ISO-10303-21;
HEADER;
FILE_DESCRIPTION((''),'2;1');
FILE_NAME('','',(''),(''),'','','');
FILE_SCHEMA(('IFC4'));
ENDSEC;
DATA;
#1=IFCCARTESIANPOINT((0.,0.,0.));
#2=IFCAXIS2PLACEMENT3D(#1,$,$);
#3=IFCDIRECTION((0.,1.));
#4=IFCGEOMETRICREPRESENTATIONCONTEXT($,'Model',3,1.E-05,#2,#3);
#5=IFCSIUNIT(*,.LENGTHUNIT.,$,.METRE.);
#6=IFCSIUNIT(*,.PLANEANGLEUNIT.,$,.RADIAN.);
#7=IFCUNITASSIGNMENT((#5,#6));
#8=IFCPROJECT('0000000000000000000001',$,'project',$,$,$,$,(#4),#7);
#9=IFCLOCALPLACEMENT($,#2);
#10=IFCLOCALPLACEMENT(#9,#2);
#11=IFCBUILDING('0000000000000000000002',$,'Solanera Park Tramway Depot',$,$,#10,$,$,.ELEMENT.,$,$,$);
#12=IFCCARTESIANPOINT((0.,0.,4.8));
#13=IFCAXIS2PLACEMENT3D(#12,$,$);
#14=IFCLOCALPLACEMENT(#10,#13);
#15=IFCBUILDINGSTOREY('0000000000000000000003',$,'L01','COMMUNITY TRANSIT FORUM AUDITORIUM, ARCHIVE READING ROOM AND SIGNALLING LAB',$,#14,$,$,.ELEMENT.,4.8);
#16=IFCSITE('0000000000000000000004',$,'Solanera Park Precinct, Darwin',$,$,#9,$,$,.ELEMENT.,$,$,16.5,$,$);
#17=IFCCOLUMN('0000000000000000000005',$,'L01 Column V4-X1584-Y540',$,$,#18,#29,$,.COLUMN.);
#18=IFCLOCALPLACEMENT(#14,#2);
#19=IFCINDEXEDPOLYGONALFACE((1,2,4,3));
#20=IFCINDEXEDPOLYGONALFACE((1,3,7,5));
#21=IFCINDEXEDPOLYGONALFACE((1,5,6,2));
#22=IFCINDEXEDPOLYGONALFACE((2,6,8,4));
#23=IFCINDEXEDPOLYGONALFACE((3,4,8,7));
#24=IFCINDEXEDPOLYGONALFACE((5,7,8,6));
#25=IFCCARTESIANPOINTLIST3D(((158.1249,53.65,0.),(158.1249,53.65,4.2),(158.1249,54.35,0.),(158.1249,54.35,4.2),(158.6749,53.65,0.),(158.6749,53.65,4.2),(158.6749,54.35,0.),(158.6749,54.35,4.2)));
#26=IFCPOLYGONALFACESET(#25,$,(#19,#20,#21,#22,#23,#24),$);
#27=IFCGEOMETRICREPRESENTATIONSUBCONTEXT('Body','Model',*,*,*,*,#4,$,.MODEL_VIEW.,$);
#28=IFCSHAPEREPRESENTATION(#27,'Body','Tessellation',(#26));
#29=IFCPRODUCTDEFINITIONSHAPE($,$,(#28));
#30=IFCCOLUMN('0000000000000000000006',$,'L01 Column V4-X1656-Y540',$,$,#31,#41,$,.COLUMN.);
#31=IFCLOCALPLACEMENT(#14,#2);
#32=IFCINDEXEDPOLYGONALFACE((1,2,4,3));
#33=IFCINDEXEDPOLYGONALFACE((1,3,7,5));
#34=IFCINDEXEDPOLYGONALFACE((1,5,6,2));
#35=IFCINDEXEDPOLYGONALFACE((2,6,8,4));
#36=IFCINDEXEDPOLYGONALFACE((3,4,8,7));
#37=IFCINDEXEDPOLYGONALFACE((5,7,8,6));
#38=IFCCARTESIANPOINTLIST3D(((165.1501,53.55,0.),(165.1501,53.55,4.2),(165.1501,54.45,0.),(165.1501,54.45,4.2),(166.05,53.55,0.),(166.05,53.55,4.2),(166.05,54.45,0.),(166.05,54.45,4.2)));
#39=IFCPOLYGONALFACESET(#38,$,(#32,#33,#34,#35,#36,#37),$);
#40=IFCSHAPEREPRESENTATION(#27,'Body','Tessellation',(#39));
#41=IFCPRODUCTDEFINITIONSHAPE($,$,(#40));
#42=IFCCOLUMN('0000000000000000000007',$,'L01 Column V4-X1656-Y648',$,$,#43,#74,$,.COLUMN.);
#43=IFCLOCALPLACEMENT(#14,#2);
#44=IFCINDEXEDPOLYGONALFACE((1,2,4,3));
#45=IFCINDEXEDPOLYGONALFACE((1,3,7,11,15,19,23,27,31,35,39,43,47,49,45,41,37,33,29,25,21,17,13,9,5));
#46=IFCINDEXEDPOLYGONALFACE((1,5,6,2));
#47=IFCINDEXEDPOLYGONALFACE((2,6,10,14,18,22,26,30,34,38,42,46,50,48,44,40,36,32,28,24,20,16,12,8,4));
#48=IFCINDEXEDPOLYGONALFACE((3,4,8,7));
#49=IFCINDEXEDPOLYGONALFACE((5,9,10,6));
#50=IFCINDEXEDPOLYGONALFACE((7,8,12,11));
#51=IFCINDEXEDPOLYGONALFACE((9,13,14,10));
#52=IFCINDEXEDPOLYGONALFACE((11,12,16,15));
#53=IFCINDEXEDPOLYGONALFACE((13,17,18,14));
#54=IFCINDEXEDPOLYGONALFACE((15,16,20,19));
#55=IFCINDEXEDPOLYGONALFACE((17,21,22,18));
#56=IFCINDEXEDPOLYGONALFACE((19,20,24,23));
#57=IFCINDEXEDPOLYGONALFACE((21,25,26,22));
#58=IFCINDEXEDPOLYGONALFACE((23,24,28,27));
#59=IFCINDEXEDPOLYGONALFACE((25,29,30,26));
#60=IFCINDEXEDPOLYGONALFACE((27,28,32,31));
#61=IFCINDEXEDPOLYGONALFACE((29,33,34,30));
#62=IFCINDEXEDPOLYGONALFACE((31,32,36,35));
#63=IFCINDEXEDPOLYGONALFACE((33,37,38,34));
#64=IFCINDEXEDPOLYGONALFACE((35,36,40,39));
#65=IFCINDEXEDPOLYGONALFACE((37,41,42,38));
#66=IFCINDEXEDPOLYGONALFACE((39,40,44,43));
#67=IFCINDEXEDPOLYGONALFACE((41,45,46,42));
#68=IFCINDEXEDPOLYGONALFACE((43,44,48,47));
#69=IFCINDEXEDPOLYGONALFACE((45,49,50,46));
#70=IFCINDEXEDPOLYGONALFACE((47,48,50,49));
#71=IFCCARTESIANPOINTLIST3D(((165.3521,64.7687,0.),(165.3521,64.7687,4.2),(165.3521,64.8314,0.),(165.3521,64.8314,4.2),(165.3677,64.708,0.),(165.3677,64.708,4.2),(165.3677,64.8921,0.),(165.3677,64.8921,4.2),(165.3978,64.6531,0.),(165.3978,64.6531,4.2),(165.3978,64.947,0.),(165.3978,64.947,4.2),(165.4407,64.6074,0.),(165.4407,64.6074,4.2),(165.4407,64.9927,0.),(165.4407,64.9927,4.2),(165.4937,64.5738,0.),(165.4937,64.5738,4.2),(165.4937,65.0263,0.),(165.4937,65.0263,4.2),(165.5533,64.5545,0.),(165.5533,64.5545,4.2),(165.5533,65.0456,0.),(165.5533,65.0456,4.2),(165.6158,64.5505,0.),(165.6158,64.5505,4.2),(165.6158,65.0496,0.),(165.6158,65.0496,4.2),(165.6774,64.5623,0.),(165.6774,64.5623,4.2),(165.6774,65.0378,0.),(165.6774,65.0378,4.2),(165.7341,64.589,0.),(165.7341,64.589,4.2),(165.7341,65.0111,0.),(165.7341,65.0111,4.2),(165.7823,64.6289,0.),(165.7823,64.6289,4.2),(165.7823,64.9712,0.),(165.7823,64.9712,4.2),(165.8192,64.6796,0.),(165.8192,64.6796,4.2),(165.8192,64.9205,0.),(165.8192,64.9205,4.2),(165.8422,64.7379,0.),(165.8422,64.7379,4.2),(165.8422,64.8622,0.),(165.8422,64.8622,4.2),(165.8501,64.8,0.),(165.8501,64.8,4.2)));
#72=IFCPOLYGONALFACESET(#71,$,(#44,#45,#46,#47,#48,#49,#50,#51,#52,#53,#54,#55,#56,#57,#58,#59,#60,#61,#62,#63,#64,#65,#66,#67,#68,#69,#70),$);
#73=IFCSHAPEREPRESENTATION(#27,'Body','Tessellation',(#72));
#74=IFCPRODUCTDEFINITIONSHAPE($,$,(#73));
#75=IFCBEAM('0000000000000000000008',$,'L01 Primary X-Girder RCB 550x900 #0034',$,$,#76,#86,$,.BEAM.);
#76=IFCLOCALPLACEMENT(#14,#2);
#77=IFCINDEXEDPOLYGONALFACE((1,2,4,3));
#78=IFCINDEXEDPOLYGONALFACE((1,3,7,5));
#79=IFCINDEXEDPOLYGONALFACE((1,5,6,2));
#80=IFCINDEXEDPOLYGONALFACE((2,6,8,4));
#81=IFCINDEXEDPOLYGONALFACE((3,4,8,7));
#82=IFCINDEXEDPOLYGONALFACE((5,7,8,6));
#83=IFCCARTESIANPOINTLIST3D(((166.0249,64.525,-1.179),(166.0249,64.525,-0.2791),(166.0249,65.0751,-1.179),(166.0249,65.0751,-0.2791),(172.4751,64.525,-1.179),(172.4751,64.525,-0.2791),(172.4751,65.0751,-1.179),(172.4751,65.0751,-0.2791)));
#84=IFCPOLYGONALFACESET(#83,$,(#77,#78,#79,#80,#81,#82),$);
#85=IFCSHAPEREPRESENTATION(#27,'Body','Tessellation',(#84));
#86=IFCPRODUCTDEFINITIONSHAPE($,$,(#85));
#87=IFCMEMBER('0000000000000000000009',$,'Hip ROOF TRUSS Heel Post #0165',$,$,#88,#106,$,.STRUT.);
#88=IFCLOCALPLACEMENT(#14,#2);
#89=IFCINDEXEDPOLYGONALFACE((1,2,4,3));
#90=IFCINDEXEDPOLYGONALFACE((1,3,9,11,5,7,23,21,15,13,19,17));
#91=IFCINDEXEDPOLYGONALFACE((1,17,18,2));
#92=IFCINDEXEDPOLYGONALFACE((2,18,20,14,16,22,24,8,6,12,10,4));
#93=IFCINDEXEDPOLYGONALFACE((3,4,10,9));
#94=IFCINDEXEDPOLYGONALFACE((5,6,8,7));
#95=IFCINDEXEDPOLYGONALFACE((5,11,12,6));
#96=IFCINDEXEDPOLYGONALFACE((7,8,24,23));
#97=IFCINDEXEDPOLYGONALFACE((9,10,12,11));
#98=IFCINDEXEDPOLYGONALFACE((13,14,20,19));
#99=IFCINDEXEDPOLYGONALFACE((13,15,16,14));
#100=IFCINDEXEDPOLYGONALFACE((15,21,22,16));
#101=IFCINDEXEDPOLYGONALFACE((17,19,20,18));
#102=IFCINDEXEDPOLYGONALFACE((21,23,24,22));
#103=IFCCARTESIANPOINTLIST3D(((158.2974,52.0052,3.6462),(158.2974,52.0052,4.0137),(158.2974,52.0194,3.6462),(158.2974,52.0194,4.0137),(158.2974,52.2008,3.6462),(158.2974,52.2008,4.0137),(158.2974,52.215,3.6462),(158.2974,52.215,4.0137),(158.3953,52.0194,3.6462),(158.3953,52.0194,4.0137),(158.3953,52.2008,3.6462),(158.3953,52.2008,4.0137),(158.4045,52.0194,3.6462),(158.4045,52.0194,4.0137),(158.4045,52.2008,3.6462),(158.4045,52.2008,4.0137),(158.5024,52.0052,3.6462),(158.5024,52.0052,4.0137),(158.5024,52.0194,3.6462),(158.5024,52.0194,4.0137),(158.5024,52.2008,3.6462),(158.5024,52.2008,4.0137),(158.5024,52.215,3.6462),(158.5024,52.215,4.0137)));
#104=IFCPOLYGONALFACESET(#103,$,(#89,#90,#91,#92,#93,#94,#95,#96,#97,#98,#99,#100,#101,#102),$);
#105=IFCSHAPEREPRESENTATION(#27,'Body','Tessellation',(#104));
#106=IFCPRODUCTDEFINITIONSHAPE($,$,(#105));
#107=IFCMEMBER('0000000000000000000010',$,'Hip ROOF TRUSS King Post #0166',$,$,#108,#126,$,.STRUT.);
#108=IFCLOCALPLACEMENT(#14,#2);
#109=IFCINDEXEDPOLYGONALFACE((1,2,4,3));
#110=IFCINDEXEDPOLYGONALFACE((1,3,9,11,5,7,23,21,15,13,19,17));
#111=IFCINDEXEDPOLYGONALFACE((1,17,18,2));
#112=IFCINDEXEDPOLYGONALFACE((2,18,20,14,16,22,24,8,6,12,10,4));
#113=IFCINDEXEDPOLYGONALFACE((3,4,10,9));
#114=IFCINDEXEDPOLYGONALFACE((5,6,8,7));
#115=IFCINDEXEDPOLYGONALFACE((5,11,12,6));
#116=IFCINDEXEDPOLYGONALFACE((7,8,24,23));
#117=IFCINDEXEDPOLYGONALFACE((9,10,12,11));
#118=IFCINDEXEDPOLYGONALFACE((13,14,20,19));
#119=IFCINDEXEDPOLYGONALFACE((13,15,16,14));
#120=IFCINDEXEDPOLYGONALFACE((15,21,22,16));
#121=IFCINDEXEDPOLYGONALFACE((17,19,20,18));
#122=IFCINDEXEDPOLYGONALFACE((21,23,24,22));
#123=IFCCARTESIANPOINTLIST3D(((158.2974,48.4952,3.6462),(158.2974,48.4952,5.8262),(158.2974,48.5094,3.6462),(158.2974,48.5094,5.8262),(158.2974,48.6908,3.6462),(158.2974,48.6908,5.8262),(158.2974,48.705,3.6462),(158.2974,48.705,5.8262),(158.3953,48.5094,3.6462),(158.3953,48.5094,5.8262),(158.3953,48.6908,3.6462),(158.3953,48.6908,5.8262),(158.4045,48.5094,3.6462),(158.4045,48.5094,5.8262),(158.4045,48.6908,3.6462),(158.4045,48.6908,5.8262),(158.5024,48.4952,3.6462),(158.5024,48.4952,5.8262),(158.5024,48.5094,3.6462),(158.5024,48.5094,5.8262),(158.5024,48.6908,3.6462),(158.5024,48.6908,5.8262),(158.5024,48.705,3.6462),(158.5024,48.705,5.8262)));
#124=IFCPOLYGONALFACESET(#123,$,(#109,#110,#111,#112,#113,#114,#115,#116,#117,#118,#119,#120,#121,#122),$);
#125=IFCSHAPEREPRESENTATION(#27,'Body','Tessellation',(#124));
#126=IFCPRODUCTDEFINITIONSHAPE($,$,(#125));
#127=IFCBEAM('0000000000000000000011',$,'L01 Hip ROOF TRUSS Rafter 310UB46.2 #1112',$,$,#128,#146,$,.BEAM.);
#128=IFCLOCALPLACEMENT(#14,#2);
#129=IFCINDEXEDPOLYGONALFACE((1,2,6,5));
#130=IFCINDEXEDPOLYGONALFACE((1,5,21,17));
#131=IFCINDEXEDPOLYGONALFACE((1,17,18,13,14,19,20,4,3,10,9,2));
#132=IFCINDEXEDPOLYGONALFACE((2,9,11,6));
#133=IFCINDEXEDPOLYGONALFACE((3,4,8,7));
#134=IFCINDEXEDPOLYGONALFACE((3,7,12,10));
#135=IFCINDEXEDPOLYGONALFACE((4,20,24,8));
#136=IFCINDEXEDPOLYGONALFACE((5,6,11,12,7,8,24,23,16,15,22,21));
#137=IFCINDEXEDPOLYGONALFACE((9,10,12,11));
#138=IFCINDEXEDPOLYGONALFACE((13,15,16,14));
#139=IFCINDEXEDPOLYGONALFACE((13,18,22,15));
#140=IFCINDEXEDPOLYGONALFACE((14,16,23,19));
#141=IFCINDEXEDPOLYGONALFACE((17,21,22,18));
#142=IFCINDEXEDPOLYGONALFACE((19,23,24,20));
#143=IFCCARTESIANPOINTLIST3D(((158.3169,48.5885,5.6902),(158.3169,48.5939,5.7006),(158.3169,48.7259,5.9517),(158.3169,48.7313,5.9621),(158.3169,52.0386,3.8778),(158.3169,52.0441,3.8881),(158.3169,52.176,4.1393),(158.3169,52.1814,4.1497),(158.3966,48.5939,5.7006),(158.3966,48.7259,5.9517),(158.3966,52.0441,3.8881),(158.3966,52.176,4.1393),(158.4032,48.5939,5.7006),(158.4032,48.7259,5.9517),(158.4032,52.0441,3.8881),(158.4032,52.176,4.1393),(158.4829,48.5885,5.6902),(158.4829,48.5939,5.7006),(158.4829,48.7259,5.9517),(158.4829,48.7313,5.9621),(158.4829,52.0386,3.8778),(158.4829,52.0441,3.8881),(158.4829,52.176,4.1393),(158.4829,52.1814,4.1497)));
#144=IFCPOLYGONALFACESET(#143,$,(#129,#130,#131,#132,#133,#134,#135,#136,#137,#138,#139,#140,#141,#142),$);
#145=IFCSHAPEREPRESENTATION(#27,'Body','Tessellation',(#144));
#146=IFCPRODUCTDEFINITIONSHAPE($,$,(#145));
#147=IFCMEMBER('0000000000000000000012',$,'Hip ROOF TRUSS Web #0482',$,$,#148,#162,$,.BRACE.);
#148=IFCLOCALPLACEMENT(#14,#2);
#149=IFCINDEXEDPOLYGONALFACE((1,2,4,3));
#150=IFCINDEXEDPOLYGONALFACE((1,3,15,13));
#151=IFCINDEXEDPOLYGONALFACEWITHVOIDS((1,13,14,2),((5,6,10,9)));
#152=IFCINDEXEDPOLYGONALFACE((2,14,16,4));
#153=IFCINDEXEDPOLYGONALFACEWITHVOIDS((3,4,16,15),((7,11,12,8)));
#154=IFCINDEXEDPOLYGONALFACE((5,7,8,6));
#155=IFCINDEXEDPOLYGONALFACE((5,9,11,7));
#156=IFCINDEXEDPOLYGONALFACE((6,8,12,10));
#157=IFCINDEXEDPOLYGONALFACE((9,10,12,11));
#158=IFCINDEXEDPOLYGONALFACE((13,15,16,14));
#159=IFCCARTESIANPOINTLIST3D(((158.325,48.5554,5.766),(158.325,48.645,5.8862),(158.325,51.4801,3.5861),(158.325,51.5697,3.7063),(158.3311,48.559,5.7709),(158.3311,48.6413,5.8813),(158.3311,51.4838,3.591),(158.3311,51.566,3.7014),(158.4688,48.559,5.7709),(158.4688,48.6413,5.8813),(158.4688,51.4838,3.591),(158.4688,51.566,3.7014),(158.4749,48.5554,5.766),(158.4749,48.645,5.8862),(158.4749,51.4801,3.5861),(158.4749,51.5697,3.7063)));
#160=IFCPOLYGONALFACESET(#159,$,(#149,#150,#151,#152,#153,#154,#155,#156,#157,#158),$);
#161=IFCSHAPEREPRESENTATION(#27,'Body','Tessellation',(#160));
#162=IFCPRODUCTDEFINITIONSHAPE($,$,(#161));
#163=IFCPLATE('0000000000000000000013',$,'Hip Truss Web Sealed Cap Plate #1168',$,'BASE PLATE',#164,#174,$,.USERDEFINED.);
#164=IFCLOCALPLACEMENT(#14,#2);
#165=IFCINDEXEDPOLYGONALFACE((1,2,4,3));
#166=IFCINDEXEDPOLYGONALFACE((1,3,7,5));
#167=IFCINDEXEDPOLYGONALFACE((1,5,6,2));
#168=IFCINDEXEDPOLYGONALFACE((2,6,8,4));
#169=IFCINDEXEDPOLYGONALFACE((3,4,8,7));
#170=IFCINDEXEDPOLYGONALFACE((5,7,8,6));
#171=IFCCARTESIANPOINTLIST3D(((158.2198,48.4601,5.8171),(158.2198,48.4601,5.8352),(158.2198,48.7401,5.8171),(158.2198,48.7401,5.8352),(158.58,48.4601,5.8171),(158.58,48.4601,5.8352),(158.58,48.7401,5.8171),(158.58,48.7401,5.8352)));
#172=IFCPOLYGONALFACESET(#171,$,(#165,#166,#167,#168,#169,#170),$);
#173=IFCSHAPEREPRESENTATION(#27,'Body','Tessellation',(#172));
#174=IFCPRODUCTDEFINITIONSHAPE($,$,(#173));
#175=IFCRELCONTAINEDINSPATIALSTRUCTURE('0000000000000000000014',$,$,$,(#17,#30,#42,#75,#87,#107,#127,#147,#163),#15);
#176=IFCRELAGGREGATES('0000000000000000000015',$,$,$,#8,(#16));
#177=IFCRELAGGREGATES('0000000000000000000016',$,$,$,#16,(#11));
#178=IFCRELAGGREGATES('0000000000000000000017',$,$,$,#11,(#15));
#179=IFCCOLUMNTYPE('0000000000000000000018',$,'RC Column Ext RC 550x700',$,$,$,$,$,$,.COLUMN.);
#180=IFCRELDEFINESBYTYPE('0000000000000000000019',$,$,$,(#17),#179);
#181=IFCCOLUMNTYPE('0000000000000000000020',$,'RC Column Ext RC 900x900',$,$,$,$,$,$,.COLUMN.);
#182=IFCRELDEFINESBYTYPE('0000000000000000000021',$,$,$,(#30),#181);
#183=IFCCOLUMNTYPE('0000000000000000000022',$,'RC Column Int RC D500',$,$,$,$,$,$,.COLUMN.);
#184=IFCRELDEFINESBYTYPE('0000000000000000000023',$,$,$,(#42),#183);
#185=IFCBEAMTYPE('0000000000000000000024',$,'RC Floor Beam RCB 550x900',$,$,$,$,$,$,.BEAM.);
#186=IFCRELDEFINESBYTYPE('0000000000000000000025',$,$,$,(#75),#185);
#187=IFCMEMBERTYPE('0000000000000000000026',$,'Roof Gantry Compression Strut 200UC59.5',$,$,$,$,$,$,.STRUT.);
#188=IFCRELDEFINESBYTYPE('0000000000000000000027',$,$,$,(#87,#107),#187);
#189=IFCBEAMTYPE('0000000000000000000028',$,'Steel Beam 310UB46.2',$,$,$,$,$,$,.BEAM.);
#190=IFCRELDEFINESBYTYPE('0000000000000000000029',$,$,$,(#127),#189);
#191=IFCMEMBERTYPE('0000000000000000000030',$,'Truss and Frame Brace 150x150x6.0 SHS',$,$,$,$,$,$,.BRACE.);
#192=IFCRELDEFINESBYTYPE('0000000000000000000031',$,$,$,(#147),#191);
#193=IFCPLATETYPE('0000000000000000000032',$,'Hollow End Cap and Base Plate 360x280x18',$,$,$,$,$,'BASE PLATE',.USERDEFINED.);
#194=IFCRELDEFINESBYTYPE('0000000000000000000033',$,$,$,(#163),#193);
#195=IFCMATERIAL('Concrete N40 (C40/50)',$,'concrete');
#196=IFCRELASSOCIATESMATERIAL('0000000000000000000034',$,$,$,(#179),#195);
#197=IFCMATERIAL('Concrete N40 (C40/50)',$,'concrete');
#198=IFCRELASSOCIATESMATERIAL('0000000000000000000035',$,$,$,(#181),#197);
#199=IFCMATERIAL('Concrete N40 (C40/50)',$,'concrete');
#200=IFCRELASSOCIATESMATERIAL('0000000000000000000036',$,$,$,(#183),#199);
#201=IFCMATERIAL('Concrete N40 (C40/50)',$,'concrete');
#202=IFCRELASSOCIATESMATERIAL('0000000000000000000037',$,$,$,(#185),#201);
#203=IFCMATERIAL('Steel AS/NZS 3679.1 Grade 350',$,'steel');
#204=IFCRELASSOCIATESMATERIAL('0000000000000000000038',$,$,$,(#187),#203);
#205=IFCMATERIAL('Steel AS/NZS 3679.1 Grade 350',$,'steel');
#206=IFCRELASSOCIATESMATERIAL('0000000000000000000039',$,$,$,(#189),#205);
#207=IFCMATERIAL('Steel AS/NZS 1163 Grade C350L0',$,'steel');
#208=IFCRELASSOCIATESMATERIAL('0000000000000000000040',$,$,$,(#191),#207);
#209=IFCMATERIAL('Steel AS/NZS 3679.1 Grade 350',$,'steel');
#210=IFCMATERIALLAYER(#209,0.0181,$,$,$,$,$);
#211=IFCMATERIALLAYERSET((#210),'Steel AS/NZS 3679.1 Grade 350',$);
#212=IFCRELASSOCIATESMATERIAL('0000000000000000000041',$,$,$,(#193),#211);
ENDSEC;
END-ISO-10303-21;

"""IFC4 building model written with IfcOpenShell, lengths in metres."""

from ifc_helpers import new_model, si_unit, direction, frame, origin, origin_2d, place, context, subcontext, project, spatial, rectangle, hollow_rectangle, circle, i_section, extrude, material, layer, layer_set, material_profile, profile_set, type_object, element, save


model = new_model("IFC4")

# Units and contexts
model_context = context("Model", 3, precision=1e-05, world=origin(), true_north=direction((0.0, 1.0)))
body_context = subcontext(model_context, "Body", "Model", "MODEL_VIEW")
ifc_project = project(units=[si_unit("LENGTHUNIT", "METRE"), si_unit("PLANEANGLEUNIT", "RADIAN")], contexts=[model_context])

# Site, building, storey
site_placement = place(None, origin())
site = spatial("IfcSite", under=ifc_project, at=site_placement, Name="Solanera Park Precinct, Darwin", CompositionType="ELEMENT", RefElevation=16.5)
building_placement = place(site_placement, origin())
building = spatial("IfcBuilding", under=site, at=building_placement, Name="Solanera Park Tramway Depot", CompositionType="ELEMENT")
storey_placement = place(building_placement, frame((0.0, 0.0, 4.8)))
storey = spatial("IfcBuildingStorey", under=building, at=storey_placement, Name="L01", Description="COMMUNITY TRANSIT FORUM AUDITORIUM, ARCHIVE READING ROOM AND SIGNALLING LAB", CompositionType="ELEMENT", Elevation=4.8)

# Columns
ifc_material_1 = material(Name="Concrete N40 (C40/50)", Category="concrete")
ifc_material_profile_1 = material_profile(ifc_material_1, rectangle(XDim=0.55, YDim=0.7, at=origin_2d()), Name="RC 550x700")
ifc_profile_set_1 = profile_set([ifc_material_profile_1], Name="Concrete N40 (C40/50)")
column_type_1 = type_object("IfcColumnType", Name="RC Column Ext RC 550x700", PredefinedType="COLUMN", material=ifc_profile_set_1)
column_1_placement = place(storey_placement, frame((158.3999, 54.0, 0.0), z_axis=(0.0, 0.0, 1.0), x_axis=(1.0, 0.0, 0.0)))
element("IfcColumn", 1, at=column_1_placement, inside=storey, type_object=column_type_1, Name="L01 Column V4-X1584-Y540", PredefinedType="COLUMN", context=body_context, shape_type="SweptSolid", body=[
    extrude(rectangle(XDim=0.55, YDim=0.7, at=origin_2d()), origin(), (0.0, 0.0, 1.0), 4.2),
])
ifc_material_2 = material(Name="Concrete N40 (C40/50)", Category="concrete")
ifc_material_profile_2 = material_profile(ifc_material_2, rectangle(XDim=0.8999, YDim=0.8999, at=origin_2d()), Name="RC 900x900")
ifc_profile_set_2 = profile_set([ifc_material_profile_2], Name="Concrete N40 (C40/50)")
column_type_2 = type_object("IfcColumnType", Name="RC Column Ext RC 900x900", PredefinedType="COLUMN", material=ifc_profile_set_2)
column_2_placement = place(storey_placement, frame((165.6001, 54.0, 0.0), z_axis=(0.0, 0.0, 1.0), x_axis=(1.0, 0.0, 0.0)))
element("IfcColumn", 2, at=column_2_placement, inside=storey, type_object=column_type_2, Name="L01 Column V4-X1656-Y540", PredefinedType="COLUMN", context=body_context, shape_type="SweptSolid", body=[
    extrude(rectangle(XDim=0.8999, YDim=0.8999, at=origin_2d()), origin(), (0.0, 0.0, 1.0), 4.2),
])
ifc_material_3 = material(Name="Concrete N40 (C40/50)", Category="concrete")
ifc_material_profile_3 = material_profile(ifc_material_3, circle(Radius=0.25, at=origin_2d()), Name="RC D500")
ifc_profile_set_3 = profile_set([ifc_material_profile_3], Name="Concrete N40 (C40/50)")
column_type_3 = type_object("IfcColumnType", Name="RC Column Int RC D500", PredefinedType="COLUMN", material=ifc_profile_set_3)
column_3_placement = place(storey_placement, frame((165.6001, 64.8, 0.0), z_axis=(0.0, 0.0, 1.0), x_axis=(1.0, 0.0, 0.0)))
element("IfcColumn", 3, at=column_3_placement, inside=storey, type_object=column_type_3, Name="L01 Column V4-X1656-Y648", PredefinedType="COLUMN", context=body_context, shape_type="SweptSolid", body=[
    extrude(circle(Radius=0.25, at=origin_2d()), origin(), (0.0, 0.0, 1.0), 4.2),
])

# Beam
ifc_material_4 = material(Name="Concrete N40 (C40/50)", Category="concrete")
ifc_material_profile_4 = material_profile(ifc_material_4, rectangle(XDim=0.55, YDim=0.8999, at=origin_2d()), Name="RCB 550x900")
ifc_profile_set_4 = profile_set([ifc_material_profile_4], Name="Concrete N40 (C40/50)")
beam_type_1 = type_object("IfcBeamType", Name="RC Floor Beam RCB 550x900", PredefinedType="BEAM", material=ifc_profile_set_4)
beam_1_placement = place(storey_placement, frame((166.0249, 64.8, -0.729), z_axis=(1.0, 0.0, 0.0), x_axis=(0.0, 1.0, 0.0)))
element("IfcBeam", 4, at=beam_1_placement, inside=storey, type_object=beam_type_1, Name="L01 Primary X-Girder RCB 550x900 #0034", PredefinedType="BEAM", context=body_context, shape_type="SweptSolid", body=[
    extrude(rectangle(XDim=0.55, YDim=0.8999, at=origin_2d()), origin(), (0.0, 0.0, 1.0), 6.4502),
])

# Members
ifc_material_5 = material(Name="Steel AS/NZS 3679.1 Grade 350", Category="steel")
ifc_material_profile_5 = material_profile(ifc_material_5, i_section(OverallWidth=0.2051, OverallDepth=0.2097, WebThickness=0.0093, FlangeThickness=0.0142, at=origin_2d()), Name="200UC59.5")
ifc_profile_set_5 = profile_set([ifc_material_profile_5], Name="Steel AS/NZS 3679.1 Grade 350")
member_type_1 = type_object("IfcMemberType", Name="Roof Gantry Compression Strut 200UC59.5", PredefinedType="STRUT", material=ifc_profile_set_5)
member_1_placement = place(storey_placement, frame((158.3999, 52.1101, 3.6462), z_axis=(0.0, 0.0, 1.0), x_axis=(1.0, 0.0, 0.0)))
element("IfcMember", 5, at=member_1_placement, inside=storey, type_object=member_type_1, Name="Hip ROOF TRUSS Heel Post #0165", PredefinedType="STRUT", context=body_context, shape_type="SweptSolid", body=[
    extrude(i_section(OverallWidth=0.2051, OverallDepth=0.2097, WebThickness=0.0093, FlangeThickness=0.0142, at=origin_2d()), origin(), (0.0, 0.0, 1.0), 0.3674),
])
member_2_placement = place(storey_placement, frame((158.3999, 48.6001, 3.6462), z_axis=(0.0, 0.0, 1.0), x_axis=(1.0, 0.0, 0.0)))
element("IfcMember", 6, at=member_2_placement, inside=storey, type_object=member_type_1, Name="Hip ROOF TRUSS King Post #0166", PredefinedType="STRUT", context=body_context, shape_type="SweptSolid", body=[
    extrude(i_section(OverallWidth=0.2051, OverallDepth=0.2097, WebThickness=0.0093, FlangeThickness=0.0142, at=origin_2d()), origin(), (0.0, 0.0, 1.0), 2.1799),
])

# Beam
ifc_material_6 = material(Name="Steel AS/NZS 3679.1 Grade 350", Category="steel")
ifc_material_profile_6 = material_profile(ifc_material_6, i_section(OverallWidth=0.166, OverallDepth=0.3071, WebThickness=0.0066, FlangeThickness=0.0117, at=origin_2d()), Name="310UB46.2")
ifc_profile_set_6 = profile_set([ifc_material_profile_6], Name="Steel AS/NZS 3679.1 Grade 350")
beam_type_2 = type_object("IfcBeamType", Name="Steel Beam 310UB46.2", PredefinedType="BEAM", material=ifc_profile_set_6)
beam_2_placement = place(storey_placement, frame((158.3999, 48.6599, 5.8262), z_axis=(0.0, 0.885277, -0.465065), x_axis=(-1.0, 0.0, 0.0)))
element("IfcBeam", 7, at=beam_2_placement, inside=storey, type_object=beam_type_2, Name="L01 Hip ROOF TRUSS Rafter 310UB46.2 #1112", PredefinedType="BEAM", context=body_context, shape_type="SweptSolid", body=[
    extrude(i_section(OverallWidth=0.166, OverallDepth=0.3071, WebThickness=0.0066, FlangeThickness=0.0117, at=origin_2d()), origin(), (0.0, 0.0, 1.0), 3.8972),
])

# Member
ifc_material_7 = material(Name="Steel AS/NZS 1163 Grade C350L0", Category="steel")
ifc_material_profile_7 = material_profile(ifc_material_7, hollow_rectangle(XDim=0.1499, YDim=0.1499, WallThickness=0.0061, at=origin_2d()), Name="150x150x6.0 SHS")
ifc_profile_set_7 = profile_set([ifc_material_profile_7], Name="Steel AS/NZS 1163 Grade C350L0")
member_type_2 = type_object("IfcMemberType", Name="Truss and Frame Brace 150x150x6.0 SHS", PredefinedType="BRACE", material=ifc_profile_set_7)
member_3_placement = place(storey_placement, frame((158.3999, 51.5249, 3.6462), z_axis=(0.0, -0.801795, 0.597599), x_axis=(1.0, 0.0, 0.0)))
element("IfcMember", 8, at=member_3_placement, inside=storey, type_object=member_type_2, Name="Hip ROOF TRUSS Web #0482", PredefinedType="BRACE", context=body_context, shape_type="SweptSolid", body=[
    extrude(hollow_rectangle(XDim=0.1499, YDim=0.1499, WallThickness=0.0061, at=origin_2d()), origin(), (0.0, 0.0, 1.0), 3.6477),
])

# Plate
ifc_material_8 = material(Name="Steel AS/NZS 3679.1 Grade 350", Category="steel")
ifc_layer_1 = layer(ifc_material_8, 0.0181)
ifc_layer_set_1 = layer_set([ifc_layer_1], Name="Steel AS/NZS 3679.1 Grade 350")
plate_type = type_object("IfcPlateType", Name="Hollow End Cap and Base Plate 360x280x18", ElementType="BASE PLATE", PredefinedType="USERDEFINED", material=ifc_layer_set_1)
for number, where, z_axis, x_axis, name in (
    (9, (158.3999, 48.6001, 5.8171), (0.0, 0.0, 1.0), (1.0, 0.0, 0.0), "Hip Truss Web Sealed Cap Plate #1168"),
):
    element("IfcPlate", number, at=place(storey_placement, frame(where, z_axis=z_axis, x_axis=x_axis)), inside=storey, type_object=plate_type, Name=name, ObjectType="BASE PLATE", PredefinedType="USERDEFINED", context=body_context, shape_type="SweptSolid", body=[
        extrude(rectangle(XDim=0.3601, YDim=0.28, at=origin_2d()), origin(), (0.0, 0.0, 1.0), 0.0181),
    ])

save(model, "model.ifc")
